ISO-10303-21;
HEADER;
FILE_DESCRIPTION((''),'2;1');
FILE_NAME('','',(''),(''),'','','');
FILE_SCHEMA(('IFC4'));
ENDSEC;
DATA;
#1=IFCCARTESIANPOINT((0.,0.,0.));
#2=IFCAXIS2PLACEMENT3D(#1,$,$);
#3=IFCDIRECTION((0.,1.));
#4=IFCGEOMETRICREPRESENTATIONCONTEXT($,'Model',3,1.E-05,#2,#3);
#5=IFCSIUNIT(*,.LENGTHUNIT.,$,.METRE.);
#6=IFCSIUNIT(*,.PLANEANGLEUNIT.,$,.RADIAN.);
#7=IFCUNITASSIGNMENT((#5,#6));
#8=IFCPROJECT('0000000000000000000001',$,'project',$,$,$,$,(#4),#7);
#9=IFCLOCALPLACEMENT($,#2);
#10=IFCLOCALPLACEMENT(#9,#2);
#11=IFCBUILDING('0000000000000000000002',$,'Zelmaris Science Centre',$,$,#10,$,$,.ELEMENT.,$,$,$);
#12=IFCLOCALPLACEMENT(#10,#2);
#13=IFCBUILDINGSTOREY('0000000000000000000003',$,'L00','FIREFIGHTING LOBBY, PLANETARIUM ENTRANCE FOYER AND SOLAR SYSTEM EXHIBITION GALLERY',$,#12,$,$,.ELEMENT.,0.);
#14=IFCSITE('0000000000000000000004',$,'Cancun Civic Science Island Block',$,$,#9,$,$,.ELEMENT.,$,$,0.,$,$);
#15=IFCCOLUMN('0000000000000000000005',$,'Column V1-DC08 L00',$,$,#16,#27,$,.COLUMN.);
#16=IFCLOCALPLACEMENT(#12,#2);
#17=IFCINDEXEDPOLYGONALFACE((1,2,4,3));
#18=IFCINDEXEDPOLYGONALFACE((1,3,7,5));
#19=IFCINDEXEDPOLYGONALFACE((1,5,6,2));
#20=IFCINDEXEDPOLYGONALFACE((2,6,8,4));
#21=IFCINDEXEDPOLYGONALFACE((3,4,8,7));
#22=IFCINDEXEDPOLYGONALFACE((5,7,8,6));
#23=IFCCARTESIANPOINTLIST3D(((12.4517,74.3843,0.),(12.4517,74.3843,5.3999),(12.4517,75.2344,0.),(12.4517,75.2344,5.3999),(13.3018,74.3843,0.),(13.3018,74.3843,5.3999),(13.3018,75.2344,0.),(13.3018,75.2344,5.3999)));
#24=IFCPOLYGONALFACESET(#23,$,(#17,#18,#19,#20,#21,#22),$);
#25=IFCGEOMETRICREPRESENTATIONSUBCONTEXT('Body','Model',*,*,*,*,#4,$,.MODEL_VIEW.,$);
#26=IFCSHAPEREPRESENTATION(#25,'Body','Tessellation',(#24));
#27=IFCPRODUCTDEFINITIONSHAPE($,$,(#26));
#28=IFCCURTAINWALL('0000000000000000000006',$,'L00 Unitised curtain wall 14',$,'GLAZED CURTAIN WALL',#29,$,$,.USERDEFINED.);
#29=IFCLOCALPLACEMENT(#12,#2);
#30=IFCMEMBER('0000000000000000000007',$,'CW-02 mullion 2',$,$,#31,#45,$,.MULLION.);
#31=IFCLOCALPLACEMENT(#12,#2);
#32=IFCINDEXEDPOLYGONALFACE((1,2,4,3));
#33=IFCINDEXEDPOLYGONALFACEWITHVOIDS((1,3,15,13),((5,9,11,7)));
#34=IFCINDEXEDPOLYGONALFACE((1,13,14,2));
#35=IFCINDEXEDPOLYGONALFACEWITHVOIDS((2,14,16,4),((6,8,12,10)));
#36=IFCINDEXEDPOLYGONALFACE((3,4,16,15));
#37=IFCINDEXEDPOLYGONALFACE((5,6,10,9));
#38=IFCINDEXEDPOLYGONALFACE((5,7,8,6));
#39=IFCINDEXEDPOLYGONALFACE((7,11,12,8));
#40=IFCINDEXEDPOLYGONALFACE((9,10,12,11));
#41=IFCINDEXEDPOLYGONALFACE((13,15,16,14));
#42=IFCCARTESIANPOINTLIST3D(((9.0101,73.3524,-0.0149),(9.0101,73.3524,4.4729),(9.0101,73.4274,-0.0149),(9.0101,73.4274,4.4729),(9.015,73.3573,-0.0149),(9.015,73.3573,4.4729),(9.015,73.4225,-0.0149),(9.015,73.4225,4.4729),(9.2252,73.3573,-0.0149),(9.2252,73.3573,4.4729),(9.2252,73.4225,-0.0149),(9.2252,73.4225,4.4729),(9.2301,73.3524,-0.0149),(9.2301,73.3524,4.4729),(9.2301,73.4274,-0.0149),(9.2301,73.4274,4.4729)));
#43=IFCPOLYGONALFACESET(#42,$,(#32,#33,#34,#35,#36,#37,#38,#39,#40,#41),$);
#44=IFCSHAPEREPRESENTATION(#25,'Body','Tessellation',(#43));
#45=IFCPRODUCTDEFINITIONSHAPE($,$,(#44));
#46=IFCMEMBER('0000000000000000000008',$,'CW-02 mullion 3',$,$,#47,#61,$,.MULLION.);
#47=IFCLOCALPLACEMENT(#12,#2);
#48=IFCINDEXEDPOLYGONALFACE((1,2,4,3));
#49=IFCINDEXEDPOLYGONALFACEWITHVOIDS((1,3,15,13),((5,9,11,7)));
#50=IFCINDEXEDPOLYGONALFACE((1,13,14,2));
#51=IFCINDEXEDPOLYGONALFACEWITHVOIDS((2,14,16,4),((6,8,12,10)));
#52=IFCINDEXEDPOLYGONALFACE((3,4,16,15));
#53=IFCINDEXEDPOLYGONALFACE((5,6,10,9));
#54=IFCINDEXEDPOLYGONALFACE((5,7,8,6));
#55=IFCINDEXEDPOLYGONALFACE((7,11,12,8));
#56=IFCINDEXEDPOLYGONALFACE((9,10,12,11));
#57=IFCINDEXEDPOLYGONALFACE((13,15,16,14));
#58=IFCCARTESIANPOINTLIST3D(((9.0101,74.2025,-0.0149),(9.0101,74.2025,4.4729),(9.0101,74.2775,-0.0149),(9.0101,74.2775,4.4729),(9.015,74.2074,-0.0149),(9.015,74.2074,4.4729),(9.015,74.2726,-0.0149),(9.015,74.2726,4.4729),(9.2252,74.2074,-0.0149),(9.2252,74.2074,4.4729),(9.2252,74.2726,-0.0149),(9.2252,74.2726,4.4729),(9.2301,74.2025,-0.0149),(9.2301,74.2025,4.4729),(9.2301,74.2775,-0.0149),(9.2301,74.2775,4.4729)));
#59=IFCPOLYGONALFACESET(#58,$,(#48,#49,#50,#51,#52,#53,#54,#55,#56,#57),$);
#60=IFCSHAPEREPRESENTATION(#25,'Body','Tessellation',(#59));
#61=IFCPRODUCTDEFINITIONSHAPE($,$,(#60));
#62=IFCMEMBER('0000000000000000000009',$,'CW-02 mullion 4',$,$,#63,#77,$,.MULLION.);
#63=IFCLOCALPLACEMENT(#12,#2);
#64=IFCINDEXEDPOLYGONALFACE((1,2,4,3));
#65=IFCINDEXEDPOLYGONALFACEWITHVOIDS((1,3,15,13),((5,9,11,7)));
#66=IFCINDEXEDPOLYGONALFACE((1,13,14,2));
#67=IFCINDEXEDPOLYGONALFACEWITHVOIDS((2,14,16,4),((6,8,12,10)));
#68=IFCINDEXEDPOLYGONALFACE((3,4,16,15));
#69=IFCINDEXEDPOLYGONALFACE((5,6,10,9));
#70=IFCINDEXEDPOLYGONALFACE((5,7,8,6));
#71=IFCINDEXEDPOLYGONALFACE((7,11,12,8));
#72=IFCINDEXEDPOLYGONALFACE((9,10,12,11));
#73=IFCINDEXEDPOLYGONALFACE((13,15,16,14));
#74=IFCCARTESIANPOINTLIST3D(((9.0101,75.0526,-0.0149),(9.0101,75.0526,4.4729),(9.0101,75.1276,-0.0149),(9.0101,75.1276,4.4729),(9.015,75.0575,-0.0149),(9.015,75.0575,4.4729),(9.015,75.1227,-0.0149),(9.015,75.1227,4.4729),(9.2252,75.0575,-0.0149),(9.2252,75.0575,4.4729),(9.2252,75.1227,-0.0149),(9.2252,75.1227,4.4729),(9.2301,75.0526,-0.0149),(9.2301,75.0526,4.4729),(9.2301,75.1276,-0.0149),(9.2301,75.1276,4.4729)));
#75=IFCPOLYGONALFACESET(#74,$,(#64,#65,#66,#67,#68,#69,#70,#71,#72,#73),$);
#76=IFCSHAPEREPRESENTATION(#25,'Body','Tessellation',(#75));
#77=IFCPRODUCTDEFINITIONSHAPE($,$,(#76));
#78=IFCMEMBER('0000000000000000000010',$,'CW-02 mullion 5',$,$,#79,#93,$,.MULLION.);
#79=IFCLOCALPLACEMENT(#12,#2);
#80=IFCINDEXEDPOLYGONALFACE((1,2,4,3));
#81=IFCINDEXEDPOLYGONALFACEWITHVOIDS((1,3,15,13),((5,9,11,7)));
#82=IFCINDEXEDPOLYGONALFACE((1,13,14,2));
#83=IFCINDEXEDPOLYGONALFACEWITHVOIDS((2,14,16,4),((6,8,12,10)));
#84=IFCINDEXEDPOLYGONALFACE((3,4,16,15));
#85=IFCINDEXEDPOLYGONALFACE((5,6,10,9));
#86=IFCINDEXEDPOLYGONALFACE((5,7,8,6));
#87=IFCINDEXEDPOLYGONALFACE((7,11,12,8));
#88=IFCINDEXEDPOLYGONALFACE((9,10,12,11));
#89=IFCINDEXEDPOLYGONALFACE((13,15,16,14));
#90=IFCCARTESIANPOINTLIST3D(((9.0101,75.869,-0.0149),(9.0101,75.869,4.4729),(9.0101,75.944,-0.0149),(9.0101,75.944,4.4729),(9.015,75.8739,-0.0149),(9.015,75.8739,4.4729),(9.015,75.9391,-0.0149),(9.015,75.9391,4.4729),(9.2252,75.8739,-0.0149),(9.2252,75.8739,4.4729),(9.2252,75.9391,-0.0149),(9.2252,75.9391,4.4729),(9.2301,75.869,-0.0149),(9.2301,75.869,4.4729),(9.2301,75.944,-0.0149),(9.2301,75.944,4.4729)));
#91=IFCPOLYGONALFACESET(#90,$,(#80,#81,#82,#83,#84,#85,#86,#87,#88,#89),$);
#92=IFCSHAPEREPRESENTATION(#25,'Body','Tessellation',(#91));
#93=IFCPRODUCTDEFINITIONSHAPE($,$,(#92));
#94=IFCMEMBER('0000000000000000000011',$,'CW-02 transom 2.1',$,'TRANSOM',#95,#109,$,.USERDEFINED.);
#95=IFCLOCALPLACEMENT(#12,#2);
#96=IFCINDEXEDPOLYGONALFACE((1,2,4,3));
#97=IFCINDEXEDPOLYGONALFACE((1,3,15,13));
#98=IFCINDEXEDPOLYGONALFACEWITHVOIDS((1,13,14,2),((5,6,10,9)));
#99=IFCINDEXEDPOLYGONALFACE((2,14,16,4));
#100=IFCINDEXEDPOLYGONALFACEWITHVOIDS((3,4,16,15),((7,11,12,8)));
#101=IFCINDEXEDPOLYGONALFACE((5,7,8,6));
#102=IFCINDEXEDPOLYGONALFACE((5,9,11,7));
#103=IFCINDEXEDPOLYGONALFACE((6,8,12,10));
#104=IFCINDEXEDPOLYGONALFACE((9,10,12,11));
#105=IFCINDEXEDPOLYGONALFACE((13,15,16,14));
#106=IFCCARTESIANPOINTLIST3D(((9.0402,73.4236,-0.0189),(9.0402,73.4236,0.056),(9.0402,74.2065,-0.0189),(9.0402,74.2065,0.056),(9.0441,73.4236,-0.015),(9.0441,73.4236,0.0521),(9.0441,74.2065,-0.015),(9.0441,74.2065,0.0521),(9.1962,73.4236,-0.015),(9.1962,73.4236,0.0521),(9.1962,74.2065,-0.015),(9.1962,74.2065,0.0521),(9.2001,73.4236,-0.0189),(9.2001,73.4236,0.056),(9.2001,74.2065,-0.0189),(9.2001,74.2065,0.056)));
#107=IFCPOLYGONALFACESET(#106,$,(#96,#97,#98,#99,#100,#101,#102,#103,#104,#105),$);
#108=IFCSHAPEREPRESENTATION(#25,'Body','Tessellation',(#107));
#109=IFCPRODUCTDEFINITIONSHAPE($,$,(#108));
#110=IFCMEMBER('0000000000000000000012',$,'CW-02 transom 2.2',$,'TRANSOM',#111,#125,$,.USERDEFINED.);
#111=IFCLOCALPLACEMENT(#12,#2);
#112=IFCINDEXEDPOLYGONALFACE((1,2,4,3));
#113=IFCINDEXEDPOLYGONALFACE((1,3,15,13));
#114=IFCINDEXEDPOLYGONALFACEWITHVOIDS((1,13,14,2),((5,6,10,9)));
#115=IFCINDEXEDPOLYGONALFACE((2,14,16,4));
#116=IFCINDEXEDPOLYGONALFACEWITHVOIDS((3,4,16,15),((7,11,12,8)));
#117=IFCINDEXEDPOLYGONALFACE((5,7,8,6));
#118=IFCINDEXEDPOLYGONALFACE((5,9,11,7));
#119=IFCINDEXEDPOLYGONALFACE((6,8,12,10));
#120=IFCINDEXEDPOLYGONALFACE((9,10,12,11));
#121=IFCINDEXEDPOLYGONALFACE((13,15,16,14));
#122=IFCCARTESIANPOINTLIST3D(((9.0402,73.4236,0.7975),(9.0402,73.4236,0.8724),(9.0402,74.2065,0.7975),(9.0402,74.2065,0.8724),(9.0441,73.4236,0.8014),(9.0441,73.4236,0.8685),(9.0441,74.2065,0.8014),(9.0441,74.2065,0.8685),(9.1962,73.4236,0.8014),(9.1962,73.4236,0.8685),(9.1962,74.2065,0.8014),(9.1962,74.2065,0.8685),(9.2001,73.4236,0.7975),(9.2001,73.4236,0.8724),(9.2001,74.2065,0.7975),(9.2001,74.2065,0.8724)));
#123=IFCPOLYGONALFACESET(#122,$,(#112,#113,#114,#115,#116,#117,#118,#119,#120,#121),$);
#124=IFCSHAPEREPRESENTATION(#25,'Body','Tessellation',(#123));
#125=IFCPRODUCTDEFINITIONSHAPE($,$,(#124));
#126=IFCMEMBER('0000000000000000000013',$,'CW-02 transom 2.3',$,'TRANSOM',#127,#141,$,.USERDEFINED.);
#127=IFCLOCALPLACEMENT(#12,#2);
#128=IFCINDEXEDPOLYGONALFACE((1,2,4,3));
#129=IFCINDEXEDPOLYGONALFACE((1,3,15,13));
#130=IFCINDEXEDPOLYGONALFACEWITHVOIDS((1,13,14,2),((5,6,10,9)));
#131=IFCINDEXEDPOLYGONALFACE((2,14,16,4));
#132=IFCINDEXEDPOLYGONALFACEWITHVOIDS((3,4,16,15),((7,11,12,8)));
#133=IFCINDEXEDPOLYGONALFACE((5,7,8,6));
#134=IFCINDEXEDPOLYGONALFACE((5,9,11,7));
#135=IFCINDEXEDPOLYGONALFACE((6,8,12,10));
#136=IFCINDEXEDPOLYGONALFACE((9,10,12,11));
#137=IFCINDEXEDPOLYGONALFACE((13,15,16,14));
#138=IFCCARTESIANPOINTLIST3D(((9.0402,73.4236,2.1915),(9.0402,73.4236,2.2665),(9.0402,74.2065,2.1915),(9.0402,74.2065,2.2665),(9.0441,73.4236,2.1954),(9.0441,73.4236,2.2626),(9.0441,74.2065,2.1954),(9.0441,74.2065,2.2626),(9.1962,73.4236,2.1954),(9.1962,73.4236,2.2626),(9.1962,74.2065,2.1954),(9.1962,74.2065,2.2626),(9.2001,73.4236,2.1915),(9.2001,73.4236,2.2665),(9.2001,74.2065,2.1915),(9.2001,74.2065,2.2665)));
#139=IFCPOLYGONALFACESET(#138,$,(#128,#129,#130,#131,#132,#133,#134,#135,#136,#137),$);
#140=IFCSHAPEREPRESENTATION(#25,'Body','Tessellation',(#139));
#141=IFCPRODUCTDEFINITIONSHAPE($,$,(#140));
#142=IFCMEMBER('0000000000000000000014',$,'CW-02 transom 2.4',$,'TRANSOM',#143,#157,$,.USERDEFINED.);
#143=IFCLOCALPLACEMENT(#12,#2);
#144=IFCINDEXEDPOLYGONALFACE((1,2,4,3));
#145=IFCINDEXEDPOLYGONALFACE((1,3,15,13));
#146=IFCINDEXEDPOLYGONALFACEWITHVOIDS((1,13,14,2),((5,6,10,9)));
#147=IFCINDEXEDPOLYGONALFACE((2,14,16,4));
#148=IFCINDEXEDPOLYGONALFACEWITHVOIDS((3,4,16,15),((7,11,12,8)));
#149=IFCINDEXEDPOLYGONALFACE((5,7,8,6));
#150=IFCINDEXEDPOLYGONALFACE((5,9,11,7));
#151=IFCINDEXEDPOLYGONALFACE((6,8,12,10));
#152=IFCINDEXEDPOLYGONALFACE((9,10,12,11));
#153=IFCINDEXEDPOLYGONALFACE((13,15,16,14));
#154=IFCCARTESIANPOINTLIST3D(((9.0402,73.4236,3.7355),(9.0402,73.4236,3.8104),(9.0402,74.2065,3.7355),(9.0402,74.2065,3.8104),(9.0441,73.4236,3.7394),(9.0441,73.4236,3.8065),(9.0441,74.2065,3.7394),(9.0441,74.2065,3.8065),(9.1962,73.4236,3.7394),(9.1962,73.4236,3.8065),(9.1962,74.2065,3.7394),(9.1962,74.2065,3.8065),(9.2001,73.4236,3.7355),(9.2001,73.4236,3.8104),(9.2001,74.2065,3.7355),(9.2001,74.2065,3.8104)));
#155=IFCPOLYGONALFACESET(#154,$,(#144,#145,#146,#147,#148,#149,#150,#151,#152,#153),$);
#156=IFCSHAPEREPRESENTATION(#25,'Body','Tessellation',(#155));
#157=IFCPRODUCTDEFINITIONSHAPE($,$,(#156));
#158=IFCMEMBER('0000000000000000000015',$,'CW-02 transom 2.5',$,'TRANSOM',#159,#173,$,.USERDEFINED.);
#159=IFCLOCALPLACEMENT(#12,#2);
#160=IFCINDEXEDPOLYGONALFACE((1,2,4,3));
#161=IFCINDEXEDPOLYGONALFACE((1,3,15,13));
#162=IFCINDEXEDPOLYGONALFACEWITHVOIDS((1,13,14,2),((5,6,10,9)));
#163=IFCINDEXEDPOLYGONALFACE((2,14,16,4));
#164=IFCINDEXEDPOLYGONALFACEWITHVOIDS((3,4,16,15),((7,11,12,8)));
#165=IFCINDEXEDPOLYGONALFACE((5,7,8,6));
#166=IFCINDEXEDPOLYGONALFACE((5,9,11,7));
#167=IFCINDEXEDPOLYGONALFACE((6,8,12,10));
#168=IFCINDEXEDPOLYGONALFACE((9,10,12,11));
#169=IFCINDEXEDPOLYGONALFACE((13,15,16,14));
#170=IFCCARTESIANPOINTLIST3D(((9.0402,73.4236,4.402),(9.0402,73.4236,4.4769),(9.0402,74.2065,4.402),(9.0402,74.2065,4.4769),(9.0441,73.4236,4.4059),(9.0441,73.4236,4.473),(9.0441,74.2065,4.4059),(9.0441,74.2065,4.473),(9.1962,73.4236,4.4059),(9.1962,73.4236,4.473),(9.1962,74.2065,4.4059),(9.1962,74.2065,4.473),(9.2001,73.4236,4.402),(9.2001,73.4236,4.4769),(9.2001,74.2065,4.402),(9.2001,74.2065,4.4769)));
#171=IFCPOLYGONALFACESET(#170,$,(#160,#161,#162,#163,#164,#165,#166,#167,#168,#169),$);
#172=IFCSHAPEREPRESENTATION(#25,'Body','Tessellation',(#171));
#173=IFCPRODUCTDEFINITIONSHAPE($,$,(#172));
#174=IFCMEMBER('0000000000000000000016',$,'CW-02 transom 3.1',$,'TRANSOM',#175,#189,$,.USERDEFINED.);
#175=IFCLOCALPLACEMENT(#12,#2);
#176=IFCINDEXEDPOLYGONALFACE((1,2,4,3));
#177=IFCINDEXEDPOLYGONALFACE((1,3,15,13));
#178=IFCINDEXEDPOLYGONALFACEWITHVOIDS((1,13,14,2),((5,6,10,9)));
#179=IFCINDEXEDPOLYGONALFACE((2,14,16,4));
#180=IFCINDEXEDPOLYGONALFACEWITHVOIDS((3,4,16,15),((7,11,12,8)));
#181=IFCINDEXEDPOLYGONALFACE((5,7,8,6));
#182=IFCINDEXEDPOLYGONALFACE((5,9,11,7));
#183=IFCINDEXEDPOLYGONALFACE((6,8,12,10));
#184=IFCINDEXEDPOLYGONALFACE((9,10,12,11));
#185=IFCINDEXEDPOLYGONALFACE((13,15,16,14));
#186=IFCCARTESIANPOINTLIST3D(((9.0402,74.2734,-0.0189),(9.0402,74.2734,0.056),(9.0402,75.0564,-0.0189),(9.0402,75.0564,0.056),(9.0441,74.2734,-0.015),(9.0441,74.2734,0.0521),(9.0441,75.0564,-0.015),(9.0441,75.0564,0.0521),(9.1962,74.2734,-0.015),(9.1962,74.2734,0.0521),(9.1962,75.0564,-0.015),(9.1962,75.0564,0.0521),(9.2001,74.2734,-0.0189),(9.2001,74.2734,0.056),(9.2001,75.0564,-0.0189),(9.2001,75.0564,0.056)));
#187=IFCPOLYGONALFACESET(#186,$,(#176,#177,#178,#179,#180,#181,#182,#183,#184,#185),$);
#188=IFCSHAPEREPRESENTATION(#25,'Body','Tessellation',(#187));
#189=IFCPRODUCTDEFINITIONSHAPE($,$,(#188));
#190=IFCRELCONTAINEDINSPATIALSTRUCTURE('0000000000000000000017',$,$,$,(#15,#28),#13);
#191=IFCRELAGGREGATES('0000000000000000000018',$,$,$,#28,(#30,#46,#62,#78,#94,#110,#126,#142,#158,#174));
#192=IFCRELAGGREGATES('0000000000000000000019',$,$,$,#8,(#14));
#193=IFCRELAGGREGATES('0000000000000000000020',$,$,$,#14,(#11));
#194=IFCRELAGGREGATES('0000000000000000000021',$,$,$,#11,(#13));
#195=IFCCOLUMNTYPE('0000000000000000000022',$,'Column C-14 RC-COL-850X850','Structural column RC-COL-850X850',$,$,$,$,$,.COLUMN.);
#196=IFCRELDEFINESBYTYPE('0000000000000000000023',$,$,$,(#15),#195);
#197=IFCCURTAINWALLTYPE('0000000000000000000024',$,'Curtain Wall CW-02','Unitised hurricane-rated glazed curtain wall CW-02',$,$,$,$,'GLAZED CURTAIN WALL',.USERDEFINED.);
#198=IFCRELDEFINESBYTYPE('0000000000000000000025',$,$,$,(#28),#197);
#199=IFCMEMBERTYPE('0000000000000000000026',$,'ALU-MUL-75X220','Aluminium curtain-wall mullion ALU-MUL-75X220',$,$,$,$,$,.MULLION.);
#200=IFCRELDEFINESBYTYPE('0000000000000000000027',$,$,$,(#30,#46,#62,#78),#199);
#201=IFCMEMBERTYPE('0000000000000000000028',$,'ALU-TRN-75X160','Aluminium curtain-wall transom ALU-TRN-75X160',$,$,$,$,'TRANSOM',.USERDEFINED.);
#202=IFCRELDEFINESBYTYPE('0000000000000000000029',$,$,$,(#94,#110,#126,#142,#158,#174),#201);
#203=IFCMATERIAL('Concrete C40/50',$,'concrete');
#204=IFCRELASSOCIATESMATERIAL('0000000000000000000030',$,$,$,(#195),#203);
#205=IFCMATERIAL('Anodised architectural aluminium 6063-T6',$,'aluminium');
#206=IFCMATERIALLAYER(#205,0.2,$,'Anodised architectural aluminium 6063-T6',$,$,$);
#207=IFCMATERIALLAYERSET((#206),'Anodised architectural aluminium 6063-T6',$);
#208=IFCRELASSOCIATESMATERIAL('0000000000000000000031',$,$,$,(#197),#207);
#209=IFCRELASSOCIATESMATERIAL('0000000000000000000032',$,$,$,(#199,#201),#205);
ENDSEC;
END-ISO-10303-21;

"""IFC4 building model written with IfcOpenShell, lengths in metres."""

from ifc_helpers import new_model, si_unit, direction, frame, origin, origin_2d, place, context, subcontext, project, spatial, rectangle, hollow_rectangle, extrude, material, layer, layer_set, material_profile, profile_set, type_object, element, aggregate, save


model = new_model("IFC4")

# Units and contexts
model_context = context("Model", 3, precision=1e-05, world=origin(), true_north=direction((0.0, 1.0)))
body_context = subcontext(model_context, "Body", "Model", "MODEL_VIEW")
ifc_project = project(units=[si_unit("LENGTHUNIT", "METRE"), si_unit("PLANEANGLEUNIT", "RADIAN")], contexts=[model_context])

# Site, building, storey
site_placement = place(None, origin())
site = spatial("IfcSite", under=ifc_project, at=site_placement, Name="Cancun Civic Science Island Block", CompositionType="ELEMENT", RefElevation=0.0)
building_placement = place(site_placement, origin())
building = spatial("IfcBuilding", under=site, at=building_placement, Name="Zelmaris Science Centre", CompositionType="ELEMENT")
storey_placement = place(building_placement, origin())
storey = spatial("IfcBuildingStorey", under=building, at=storey_placement, Name="L00", Description="FIREFIGHTING LOBBY, PLANETARIUM ENTRANCE FOYER AND SOLAR SYSTEM EXHIBITION GALLERY", CompositionType="ELEMENT", Elevation=0.0)

# Column
ifc_material_1 = material(Name="Concrete C40/50", Category="concrete")
ifc_material_profile_1 = material_profile(ifc_material_1, rectangle(XDim=0.8501, YDim=0.8501, at=origin_2d()), Name="RC-COL-850X850")
ifc_profile_set_1 = profile_set([ifc_material_profile_1], Name="Concrete C40/50")
column_type = type_object("IfcColumnType", Name="Column C-14 RC-COL-850X850", Description="Structural column RC-COL-850X850", PredefinedType="COLUMN", material=ifc_profile_set_1)
column_placement = place(storey_placement, frame((12.8767, 74.8093, 0.0), z_axis=(0.0, 0.0, 1.0), x_axis=(1.0, 0.0, 0.0)))
element("IfcColumn", 1, at=column_placement, inside=storey, type_object=column_type, Name="Column V1-DC08 L00", PredefinedType="COLUMN", context=body_context, shape_type="SweptSolid", body=[
    extrude(rectangle(XDim=0.8501, YDim=0.8501, at=origin_2d()), origin(), (0.0, 0.0, 1.0), 5.3999),
])

# Curtain wall, members
ifc_material_2 = material(Name="Anodised architectural aluminium 6063-T6", Category="aluminium")
ifc_layer_1 = layer(ifc_material_2, 0.2, Name="Anodised architectural aluminium 6063-T6")
ifc_layer_set_1 = layer_set([ifc_layer_1], Name="Anodised architectural aluminium 6063-T6")
curtain_wall_type = type_object("IfcCurtainWallType", Name="Curtain Wall CW-02", Description="Unitised hurricane-rated glazed curtain wall CW-02", ElementType="GLAZED CURTAIN WALL", PredefinedType="USERDEFINED", material=ifc_layer_set_1)
curtain_wall_placement = place(storey_placement, origin())
curtain_wall = element("IfcCurtainWall", 2, at=curtain_wall_placement, inside=storey, type_object=curtain_wall_type, Name="L00 Unitised curtain wall 14", ObjectType="GLAZED CURTAIN WALL", PredefinedType="USERDEFINED")
ifc_material_profile_2 = material_profile(ifc_material_2, hollow_rectangle(XDim=0.075, YDim=0.22, WallThickness=0.0049, at=origin_2d()), Name="ALU-MUL-75X220")
ifc_profile_set_2 = profile_set([ifc_material_profile_2], Name="Anodised architectural aluminium 6063-T6")
member_type_1 = type_object("IfcMemberType", Name="ALU-MUL-75X220", Description="Aluminium curtain-wall mullion ALU-MUL-75X220", PredefinedType="MULLION", material=ifc_profile_set_2)
member_1_placement = place(storey_placement, frame((9.1201, 73.3899, -0.0149), z_axis=(0.0, 0.0, 1.0), x_axis=(0.0, 1.0, 0.0)))
member_1 = element("IfcMember", 3, at=member_1_placement, type_object=member_type_1, Name="CW-02 mullion 2", PredefinedType="MULLION", context=body_context, shape_type="SweptSolid", body=[
    extrude(hollow_rectangle(XDim=0.075, YDim=0.22, WallThickness=0.0049, at=origin_2d()), origin(), (0.0, 0.0, 1.0), 4.4878),
])
member_2_placement = place(storey_placement, frame((9.1201, 74.24, -0.0149), z_axis=(0.0, 0.0, 1.0), x_axis=(0.0, 1.0, 0.0)))
member_2 = element("IfcMember", 4, at=member_2_placement, type_object=member_type_1, Name="CW-02 mullion 3", PredefinedType="MULLION", context=body_context, shape_type="SweptSolid", body=[
    extrude(hollow_rectangle(XDim=0.075, YDim=0.22, WallThickness=0.0049, at=origin_2d()), origin(), (0.0, 0.0, 1.0), 4.4878),
])
member_3_placement = place(storey_placement, frame((9.1201, 75.0901, -0.0149), z_axis=(0.0, 0.0, 1.0), x_axis=(0.0, 1.0, 0.0)))
member_3 = element("IfcMember", 5, at=member_3_placement, type_object=member_type_1, Name="CW-02 mullion 4", PredefinedType="MULLION", context=body_context, shape_type="SweptSolid", body=[
    extrude(hollow_rectangle(XDim=0.075, YDim=0.22, WallThickness=0.0049, at=origin_2d()), origin(), (0.0, 0.0, 1.0), 4.4878),
])
member_4_placement = place(storey_placement, frame((9.1201, 75.9065, -0.0149), z_axis=(0.0, 0.0, 1.0), x_axis=(0.0, 1.0, 0.0)))
member_4 = element("IfcMember", 6, at=member_4_placement, type_object=member_type_1, Name="CW-02 mullion 5", PredefinedType="MULLION", context=body_context, shape_type="SweptSolid", body=[
    extrude(hollow_rectangle(XDim=0.075, YDim=0.22, WallThickness=0.0049, at=origin_2d()), origin(), (0.0, 0.0, 1.0), 4.4878),
])
ifc_material_profile_3 = material_profile(ifc_material_2, hollow_rectangle(XDim=0.075, YDim=0.1599, WallThickness=0.0039, at=origin_2d()), Name="ALU-TRN-75X160")
ifc_profile_set_3 = profile_set([ifc_material_profile_3], Name="Anodised architectural aluminium 6063-T6")
member_type_2 = type_object("IfcMemberType", Name="ALU-TRN-75X160", Description="Aluminium curtain-wall transom ALU-TRN-75X160", ElementType="TRANSOM", PredefinedType="USERDEFINED", material=ifc_profile_set_3)
member_5_placement = place(storey_placement, frame((9.1201, 73.4236, 0.0186), z_axis=(0.0, 1.0, 0.0), x_axis=(0.0, 0.0, 1.0)))
member_5 = element("IfcMember", 7, at=member_5_placement, type_object=member_type_2, Name="CW-02 transom 2.1", ObjectType="TRANSOM", PredefinedType="USERDEFINED", context=body_context, shape_type="SweptSolid", body=[
    extrude(hollow_rectangle(XDim=0.075, YDim=0.1599, WallThickness=0.0039, at=origin_2d()), origin(), (0.0, 0.0, 1.0), 0.783),
])
member_6_placement = place(storey_placement, frame((9.1201, 73.4236, 0.835), z_axis=(0.0, 1.0, 0.0), x_axis=(0.0, 0.0, 1.0)))
member_6 = element("IfcMember", 8, at=member_6_placement, type_object=member_type_2, Name="CW-02 transom 2.2", ObjectType="TRANSOM", PredefinedType="USERDEFINED", context=body_context, shape_type="SweptSolid", body=[
    extrude(hollow_rectangle(XDim=0.075, YDim=0.1599, WallThickness=0.0039, at=origin_2d()), origin(), (0.0, 0.0, 1.0), 0.783),
])
member_7_placement = place(storey_placement, frame((9.1201, 73.4236, 2.229), z_axis=(0.0, 1.0, 0.0), x_axis=(0.0, 0.0, 1.0)))
member_7 = element("IfcMember", 9, at=member_7_placement, type_object=member_type_2, Name="CW-02 transom 2.3", ObjectType="TRANSOM", PredefinedType="USERDEFINED", context=body_context, shape_type="SweptSolid", body=[
    extrude(hollow_rectangle(XDim=0.075, YDim=0.1599, WallThickness=0.0039, at=origin_2d()), origin(), (0.0, 0.0, 1.0), 0.783),
])
member_8_placement = place(storey_placement, frame((9.1201, 73.4236, 3.7729), z_axis=(0.0, 1.0, 0.0), x_axis=(0.0, 0.0, 1.0)))
member_8 = element("IfcMember", 10, at=member_8_placement, type_object=member_type_2, Name="CW-02 transom 2.4", ObjectType="TRANSOM", PredefinedType="USERDEFINED", context=body_context, shape_type="SweptSolid", body=[
    extrude(hollow_rectangle(XDim=0.075, YDim=0.1599, WallThickness=0.0039, at=origin_2d()), origin(), (0.0, 0.0, 1.0), 0.783),
])
member_9_placement = place(storey_placement, frame((9.1201, 73.4236, 4.4395), z_axis=(0.0, 1.0, 0.0), x_axis=(0.0, 0.0, 1.0)))
member_9 = element("IfcMember", 11, at=member_9_placement, type_object=member_type_2, Name="CW-02 transom 2.5", ObjectType="TRANSOM", PredefinedType="USERDEFINED", context=body_context, shape_type="SweptSolid", body=[
    extrude(hollow_rectangle(XDim=0.075, YDim=0.1599, WallThickness=0.0039, at=origin_2d()), origin(), (0.0, 0.0, 1.0), 0.783),
])
member_10_placement = place(storey_placement, frame((9.1201, 74.2734, 0.0186), z_axis=(0.0, 1.0, 0.0), x_axis=(0.0, 0.0, 1.0)))
member_10 = element("IfcMember", 12, at=member_10_placement, type_object=member_type_2, Name="CW-02 transom 3.1", ObjectType="TRANSOM", PredefinedType="USERDEFINED", context=body_context, shape_type="SweptSolid", body=[
    extrude(hollow_rectangle(XDim=0.075, YDim=0.1599, WallThickness=0.0039, at=origin_2d()), origin(), (0.0, 0.0, 1.0), 0.783),
])

aggregate(curtain_wall, [member_1, member_2, member_3, member_4, member_5, member_6, member_7, member_8, member_9, member_10])

save(model, "model.ifc")
